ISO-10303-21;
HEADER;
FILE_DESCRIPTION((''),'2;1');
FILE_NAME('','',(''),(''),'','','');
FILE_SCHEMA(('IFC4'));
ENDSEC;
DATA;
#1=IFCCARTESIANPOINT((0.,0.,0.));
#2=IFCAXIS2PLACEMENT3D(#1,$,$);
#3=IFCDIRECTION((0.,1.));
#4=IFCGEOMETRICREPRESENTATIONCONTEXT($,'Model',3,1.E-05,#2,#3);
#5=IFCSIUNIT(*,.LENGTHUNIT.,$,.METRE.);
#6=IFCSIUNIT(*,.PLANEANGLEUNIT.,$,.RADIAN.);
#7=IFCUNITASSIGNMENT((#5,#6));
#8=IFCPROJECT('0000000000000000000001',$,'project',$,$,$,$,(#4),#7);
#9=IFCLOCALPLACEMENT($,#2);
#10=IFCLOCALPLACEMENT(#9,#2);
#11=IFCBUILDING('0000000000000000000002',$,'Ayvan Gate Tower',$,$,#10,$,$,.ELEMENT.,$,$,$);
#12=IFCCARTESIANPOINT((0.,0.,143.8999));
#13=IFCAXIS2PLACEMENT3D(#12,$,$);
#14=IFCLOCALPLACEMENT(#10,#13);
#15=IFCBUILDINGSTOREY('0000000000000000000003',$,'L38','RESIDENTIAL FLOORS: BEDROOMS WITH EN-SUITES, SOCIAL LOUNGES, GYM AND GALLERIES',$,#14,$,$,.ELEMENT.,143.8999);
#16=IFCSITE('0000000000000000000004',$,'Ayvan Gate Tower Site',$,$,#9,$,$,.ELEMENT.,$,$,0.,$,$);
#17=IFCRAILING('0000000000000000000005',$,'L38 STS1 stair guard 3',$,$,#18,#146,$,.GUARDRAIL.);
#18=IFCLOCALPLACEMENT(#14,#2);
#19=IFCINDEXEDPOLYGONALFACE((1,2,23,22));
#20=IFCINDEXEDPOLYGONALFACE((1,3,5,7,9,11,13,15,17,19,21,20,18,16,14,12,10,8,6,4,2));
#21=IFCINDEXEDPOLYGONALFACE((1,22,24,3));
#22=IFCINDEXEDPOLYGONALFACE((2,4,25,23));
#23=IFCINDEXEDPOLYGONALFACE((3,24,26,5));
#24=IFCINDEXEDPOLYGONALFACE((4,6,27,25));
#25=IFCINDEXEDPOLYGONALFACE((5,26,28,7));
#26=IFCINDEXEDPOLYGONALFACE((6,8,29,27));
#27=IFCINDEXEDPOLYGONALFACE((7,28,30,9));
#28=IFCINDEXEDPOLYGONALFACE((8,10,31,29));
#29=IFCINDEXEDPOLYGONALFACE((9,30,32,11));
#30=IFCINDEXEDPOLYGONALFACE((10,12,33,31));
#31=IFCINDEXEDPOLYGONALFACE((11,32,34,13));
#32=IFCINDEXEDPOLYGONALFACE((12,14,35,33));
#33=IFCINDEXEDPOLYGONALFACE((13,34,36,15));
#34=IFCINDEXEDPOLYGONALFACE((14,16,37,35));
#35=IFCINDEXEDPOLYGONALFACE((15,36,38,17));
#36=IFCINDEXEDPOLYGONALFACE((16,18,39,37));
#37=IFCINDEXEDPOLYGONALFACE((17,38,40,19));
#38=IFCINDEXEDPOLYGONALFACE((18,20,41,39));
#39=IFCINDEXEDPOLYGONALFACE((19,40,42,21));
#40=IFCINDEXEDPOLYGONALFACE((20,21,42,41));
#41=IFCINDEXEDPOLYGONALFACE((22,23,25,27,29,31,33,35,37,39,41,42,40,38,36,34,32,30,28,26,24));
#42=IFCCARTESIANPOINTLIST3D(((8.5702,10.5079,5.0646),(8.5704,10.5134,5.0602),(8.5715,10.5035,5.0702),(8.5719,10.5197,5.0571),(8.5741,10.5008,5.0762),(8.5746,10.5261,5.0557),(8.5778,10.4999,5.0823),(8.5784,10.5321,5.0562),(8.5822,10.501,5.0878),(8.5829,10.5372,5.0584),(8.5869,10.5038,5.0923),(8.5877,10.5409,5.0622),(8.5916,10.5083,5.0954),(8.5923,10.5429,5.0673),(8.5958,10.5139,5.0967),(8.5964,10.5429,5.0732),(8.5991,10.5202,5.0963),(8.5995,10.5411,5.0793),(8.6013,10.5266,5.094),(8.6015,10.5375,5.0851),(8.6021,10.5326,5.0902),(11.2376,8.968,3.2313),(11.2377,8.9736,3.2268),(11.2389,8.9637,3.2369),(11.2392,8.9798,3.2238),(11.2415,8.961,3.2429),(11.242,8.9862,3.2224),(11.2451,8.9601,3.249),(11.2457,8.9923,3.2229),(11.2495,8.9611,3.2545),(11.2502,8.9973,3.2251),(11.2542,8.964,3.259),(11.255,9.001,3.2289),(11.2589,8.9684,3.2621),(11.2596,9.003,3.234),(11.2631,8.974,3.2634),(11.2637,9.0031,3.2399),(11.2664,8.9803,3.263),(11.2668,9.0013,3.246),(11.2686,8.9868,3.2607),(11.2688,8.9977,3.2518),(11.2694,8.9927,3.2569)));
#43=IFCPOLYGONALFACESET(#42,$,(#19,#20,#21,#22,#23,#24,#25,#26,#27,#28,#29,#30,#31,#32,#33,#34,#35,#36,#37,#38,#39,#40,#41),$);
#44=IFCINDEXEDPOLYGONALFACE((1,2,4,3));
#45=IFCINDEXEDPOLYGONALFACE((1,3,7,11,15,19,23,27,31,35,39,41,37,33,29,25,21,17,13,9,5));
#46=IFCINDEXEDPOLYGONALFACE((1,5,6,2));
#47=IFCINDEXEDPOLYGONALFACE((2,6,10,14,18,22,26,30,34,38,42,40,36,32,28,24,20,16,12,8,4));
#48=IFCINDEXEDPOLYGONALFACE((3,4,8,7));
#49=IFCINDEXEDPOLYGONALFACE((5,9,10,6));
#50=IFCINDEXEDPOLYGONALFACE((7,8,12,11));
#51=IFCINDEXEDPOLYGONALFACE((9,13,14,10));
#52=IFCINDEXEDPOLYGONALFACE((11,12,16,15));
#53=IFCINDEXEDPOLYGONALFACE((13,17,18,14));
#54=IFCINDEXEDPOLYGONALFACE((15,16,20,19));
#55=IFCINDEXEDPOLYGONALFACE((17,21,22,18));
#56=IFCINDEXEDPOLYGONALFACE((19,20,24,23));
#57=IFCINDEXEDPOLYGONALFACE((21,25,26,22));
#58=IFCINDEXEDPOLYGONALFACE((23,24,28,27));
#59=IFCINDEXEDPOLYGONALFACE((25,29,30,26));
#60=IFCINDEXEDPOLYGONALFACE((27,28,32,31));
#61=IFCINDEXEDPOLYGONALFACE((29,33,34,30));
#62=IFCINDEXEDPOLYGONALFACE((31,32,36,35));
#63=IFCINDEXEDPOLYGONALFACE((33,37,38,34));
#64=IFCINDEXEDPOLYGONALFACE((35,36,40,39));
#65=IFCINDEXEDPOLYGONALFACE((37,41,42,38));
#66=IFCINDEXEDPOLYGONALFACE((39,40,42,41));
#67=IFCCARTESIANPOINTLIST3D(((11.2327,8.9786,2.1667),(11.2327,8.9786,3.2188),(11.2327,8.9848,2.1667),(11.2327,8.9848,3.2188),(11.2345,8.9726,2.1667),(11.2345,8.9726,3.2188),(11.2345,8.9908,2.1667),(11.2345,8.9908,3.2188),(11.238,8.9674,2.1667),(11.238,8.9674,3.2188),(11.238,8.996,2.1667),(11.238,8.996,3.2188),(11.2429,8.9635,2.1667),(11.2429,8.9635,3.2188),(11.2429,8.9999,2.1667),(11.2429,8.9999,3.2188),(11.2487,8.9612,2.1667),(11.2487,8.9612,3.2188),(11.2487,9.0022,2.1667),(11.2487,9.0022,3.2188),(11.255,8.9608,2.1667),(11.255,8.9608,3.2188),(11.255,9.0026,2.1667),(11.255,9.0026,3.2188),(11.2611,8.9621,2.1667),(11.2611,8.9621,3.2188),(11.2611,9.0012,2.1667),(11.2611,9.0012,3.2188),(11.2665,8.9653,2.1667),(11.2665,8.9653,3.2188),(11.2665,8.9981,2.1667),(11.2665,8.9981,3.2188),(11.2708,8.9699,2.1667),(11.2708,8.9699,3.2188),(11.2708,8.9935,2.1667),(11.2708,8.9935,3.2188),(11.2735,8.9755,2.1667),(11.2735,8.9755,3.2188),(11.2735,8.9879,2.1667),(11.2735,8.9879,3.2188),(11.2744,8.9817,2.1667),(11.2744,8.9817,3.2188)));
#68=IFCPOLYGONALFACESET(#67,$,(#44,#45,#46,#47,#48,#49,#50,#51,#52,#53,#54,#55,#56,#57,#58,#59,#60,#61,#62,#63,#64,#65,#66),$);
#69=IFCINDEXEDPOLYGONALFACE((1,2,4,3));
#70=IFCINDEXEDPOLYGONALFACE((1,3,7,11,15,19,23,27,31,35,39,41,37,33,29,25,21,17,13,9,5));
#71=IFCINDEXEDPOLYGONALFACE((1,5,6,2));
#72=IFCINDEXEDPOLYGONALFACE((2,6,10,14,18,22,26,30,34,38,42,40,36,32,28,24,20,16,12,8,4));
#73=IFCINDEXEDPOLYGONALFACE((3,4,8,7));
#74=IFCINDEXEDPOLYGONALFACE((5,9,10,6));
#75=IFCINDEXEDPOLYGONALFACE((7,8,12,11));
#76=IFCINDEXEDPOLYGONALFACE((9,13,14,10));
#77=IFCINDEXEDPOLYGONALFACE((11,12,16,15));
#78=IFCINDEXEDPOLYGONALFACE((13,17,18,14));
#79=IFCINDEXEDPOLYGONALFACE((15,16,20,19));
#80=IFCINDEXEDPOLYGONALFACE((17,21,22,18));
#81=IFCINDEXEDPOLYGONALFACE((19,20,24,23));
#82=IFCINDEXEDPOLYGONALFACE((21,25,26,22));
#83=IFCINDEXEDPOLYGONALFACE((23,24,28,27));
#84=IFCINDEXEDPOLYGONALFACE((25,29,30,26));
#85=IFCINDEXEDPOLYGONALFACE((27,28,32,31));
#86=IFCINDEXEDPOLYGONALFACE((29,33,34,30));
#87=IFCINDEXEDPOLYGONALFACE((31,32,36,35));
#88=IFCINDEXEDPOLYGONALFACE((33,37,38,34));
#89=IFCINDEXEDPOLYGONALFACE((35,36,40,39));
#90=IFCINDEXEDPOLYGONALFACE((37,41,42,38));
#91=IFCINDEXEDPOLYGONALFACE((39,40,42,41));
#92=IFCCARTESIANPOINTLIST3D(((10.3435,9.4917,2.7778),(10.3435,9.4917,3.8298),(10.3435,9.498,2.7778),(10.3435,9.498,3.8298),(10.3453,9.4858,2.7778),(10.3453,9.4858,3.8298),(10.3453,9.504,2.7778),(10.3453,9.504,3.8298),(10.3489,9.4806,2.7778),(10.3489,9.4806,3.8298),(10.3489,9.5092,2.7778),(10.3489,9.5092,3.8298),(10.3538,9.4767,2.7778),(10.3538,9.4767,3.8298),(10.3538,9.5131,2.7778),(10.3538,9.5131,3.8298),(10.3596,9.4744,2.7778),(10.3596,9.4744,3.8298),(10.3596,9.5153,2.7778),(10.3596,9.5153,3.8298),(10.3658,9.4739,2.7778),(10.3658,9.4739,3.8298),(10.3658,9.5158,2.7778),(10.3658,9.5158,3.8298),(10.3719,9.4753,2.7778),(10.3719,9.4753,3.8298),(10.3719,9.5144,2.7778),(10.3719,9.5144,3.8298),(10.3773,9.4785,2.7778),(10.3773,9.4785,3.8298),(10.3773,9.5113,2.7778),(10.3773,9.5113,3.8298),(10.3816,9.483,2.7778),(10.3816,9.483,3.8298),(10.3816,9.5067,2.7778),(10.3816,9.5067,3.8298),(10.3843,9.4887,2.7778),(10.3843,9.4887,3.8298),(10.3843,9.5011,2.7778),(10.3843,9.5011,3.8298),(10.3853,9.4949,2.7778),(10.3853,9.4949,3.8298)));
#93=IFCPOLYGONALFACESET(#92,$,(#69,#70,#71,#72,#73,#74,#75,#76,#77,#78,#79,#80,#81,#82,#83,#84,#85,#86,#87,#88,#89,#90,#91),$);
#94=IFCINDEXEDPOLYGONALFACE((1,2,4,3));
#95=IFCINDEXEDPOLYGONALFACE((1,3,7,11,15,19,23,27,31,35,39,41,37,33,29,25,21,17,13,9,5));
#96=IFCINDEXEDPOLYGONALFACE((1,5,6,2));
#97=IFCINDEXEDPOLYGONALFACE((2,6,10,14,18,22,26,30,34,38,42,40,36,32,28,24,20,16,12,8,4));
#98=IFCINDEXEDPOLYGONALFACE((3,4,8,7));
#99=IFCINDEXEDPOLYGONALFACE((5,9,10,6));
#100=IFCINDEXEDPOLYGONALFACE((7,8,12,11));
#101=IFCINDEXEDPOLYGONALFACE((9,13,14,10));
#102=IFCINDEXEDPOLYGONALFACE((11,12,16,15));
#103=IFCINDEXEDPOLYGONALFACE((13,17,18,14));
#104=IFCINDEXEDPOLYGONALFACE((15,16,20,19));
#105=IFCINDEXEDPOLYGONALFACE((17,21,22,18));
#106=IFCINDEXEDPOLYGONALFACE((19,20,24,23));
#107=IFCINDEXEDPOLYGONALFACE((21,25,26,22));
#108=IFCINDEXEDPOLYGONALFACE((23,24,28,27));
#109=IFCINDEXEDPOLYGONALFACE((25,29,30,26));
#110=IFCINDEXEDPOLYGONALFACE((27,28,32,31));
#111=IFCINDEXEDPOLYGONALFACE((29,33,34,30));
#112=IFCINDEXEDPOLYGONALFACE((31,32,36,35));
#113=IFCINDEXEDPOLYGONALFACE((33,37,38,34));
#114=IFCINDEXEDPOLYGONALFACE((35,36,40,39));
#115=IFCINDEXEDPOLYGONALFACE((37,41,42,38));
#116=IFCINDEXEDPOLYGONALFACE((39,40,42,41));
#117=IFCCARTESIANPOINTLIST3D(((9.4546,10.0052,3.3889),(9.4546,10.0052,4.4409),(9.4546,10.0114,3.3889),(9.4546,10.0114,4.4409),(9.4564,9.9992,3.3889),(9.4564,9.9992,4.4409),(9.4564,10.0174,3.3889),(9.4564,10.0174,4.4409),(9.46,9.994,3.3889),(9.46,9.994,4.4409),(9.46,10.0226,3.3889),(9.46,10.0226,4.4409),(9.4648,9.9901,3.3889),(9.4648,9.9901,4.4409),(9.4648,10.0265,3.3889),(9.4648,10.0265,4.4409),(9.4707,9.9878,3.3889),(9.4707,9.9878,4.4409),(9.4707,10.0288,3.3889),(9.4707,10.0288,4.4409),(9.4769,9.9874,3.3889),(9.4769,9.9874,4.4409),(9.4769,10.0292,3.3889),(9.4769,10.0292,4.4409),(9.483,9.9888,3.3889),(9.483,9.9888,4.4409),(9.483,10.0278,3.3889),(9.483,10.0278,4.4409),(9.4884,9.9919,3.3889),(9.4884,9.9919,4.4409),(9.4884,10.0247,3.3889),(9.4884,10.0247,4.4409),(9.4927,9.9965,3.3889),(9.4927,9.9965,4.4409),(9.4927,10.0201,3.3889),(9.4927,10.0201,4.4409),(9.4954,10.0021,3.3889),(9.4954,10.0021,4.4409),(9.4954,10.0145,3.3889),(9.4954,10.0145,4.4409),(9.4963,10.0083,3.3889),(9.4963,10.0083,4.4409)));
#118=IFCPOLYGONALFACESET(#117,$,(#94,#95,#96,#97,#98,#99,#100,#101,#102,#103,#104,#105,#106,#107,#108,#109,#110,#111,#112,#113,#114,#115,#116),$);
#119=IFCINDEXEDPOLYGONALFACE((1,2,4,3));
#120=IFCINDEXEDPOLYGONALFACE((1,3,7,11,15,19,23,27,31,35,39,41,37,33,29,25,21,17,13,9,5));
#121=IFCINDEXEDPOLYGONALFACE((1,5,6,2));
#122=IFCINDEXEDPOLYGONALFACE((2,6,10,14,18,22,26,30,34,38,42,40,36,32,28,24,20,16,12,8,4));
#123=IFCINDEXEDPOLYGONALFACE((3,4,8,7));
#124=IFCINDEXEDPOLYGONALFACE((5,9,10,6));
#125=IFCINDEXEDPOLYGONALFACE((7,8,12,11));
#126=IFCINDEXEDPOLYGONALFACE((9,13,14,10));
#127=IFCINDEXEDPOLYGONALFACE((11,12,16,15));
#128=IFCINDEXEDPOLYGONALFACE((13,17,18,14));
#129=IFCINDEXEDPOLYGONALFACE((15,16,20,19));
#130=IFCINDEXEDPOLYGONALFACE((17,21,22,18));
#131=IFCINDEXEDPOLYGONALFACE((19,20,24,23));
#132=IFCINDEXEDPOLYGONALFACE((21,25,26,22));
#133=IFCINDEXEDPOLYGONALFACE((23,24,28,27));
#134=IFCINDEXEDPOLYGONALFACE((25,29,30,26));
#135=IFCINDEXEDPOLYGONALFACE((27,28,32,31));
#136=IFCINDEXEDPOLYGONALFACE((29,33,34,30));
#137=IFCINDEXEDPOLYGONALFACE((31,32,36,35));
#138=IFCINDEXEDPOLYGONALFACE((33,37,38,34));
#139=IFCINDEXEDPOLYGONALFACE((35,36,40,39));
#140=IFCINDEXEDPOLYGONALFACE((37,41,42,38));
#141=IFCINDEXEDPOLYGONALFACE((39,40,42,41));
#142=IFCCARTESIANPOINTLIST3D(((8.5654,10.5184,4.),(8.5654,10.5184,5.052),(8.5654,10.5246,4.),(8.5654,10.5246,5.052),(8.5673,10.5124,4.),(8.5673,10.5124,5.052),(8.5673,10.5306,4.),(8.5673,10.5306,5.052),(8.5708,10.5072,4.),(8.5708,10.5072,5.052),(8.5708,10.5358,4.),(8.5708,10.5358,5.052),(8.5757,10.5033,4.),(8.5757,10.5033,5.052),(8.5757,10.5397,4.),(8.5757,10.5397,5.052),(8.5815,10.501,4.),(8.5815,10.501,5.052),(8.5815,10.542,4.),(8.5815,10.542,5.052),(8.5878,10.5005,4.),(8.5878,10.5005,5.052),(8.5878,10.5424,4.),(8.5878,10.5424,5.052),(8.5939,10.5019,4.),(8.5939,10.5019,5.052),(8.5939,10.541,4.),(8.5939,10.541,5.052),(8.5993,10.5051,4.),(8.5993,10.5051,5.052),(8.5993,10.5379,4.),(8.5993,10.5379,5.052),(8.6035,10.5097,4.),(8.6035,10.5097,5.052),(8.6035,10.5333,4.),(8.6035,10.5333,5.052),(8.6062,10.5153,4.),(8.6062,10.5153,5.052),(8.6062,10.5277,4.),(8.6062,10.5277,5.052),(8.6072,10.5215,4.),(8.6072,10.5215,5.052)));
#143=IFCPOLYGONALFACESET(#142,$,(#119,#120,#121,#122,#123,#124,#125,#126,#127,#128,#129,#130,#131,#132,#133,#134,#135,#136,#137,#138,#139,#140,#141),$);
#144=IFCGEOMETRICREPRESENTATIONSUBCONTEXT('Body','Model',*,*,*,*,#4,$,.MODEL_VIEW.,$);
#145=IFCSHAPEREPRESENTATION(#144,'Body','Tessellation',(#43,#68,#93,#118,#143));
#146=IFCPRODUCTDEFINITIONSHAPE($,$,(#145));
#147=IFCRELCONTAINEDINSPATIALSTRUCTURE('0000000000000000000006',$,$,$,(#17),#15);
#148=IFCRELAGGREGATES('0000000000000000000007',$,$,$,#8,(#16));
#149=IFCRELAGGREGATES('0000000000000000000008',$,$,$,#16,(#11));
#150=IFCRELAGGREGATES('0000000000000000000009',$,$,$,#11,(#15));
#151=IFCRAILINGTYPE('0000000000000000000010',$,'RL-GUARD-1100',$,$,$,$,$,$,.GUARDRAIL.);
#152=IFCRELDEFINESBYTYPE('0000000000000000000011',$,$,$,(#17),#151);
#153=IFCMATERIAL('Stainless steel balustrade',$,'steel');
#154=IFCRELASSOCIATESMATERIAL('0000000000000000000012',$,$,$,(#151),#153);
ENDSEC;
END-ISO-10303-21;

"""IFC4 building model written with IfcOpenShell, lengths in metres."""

from ifc_helpers import new_model, si_unit, direction, frame, origin, origin_2d, place, context, subcontext, project, spatial, circle, extrude, material, type_object, element, save


model = new_model("IFC4")

# Units and contexts
model_context = context("Model", 3, precision=1e-05, world=origin(), true_north=direction((0.0, 1.0)))
body_context = subcontext(model_context, "Body", "Model", "MODEL_VIEW")
ifc_project = project(units=[si_unit("LENGTHUNIT", "METRE"), si_unit("PLANEANGLEUNIT", "RADIAN")], contexts=[model_context])

# Site, building, storey
site_placement = place(None, origin())
site = spatial("IfcSite", under=ifc_project, at=site_placement, Name="Ayvan Gate Tower Site", CompositionType="ELEMENT", RefElevation=0.0)
building_placement = place(site_placement, origin())
building = spatial("IfcBuilding", under=site, at=building_placement, Name="Ayvan Gate Tower", CompositionType="ELEMENT")
storey_placement = place(building_placement, frame((0.0, 0.0, 143.8999)))
storey = spatial("IfcBuildingStorey", under=building, at=storey_placement, Name="L38", Description="RESIDENTIAL FLOORS: BEDROOMS WITH EN-SUITES, SOCIAL LOUNGES, GYM AND GALLERIES", CompositionType="ELEMENT", Elevation=143.8999)

# Railing
ifc_material_1 = material(Name="Stainless steel balustrade", Category="steel")
railing_type_1 = type_object("IfcRailingType", Name="RL-GUARD-1100", PredefinedType="GUARDRAIL", material=ifc_material_1)
railing_1_placement = place(storey_placement, frame((11.2534, 8.9817, 2.1667)))
element("IfcRailing", 1, at=railing_1_placement, inside=storey, type_object=railing_type_1, Name="L38 STS1 stair guard 3", PredefinedType="GUARDRAIL", context=body_context, shape_type="SweptSolid", body=[
    extrude(circle(Radius=0.0239, at=origin_2d()), frame((0.0, 0.0, 1.0762), z_axis=(-0.744181, 0.429616, 0.511493), x_axis=(-0.499967, -0.866044, 0.0)), (0.0, 0.0, 1.0), 3.5842),
    extrude(circle(Radius=0.021, at=origin_2d()), origin(), (0.0, 0.0, 1.0), 1.052),
    extrude(circle(Radius=0.021, at=origin_2d()), frame((-0.8892, 0.5132, 0.6111)), (0.0, 0.0, 1.0), 1.052),
    extrude(circle(Radius=0.021, at=origin_2d()), frame((-1.7781, 1.0266, 1.2222)), (0.0, 0.0, 1.0), 1.052),
    extrude(circle(Radius=0.021, at=origin_2d()), frame((-2.6672, 1.5398, 1.8333)), (0.0, 0.0, 1.0), 1.052),
])

save(model, "model.ifc")
